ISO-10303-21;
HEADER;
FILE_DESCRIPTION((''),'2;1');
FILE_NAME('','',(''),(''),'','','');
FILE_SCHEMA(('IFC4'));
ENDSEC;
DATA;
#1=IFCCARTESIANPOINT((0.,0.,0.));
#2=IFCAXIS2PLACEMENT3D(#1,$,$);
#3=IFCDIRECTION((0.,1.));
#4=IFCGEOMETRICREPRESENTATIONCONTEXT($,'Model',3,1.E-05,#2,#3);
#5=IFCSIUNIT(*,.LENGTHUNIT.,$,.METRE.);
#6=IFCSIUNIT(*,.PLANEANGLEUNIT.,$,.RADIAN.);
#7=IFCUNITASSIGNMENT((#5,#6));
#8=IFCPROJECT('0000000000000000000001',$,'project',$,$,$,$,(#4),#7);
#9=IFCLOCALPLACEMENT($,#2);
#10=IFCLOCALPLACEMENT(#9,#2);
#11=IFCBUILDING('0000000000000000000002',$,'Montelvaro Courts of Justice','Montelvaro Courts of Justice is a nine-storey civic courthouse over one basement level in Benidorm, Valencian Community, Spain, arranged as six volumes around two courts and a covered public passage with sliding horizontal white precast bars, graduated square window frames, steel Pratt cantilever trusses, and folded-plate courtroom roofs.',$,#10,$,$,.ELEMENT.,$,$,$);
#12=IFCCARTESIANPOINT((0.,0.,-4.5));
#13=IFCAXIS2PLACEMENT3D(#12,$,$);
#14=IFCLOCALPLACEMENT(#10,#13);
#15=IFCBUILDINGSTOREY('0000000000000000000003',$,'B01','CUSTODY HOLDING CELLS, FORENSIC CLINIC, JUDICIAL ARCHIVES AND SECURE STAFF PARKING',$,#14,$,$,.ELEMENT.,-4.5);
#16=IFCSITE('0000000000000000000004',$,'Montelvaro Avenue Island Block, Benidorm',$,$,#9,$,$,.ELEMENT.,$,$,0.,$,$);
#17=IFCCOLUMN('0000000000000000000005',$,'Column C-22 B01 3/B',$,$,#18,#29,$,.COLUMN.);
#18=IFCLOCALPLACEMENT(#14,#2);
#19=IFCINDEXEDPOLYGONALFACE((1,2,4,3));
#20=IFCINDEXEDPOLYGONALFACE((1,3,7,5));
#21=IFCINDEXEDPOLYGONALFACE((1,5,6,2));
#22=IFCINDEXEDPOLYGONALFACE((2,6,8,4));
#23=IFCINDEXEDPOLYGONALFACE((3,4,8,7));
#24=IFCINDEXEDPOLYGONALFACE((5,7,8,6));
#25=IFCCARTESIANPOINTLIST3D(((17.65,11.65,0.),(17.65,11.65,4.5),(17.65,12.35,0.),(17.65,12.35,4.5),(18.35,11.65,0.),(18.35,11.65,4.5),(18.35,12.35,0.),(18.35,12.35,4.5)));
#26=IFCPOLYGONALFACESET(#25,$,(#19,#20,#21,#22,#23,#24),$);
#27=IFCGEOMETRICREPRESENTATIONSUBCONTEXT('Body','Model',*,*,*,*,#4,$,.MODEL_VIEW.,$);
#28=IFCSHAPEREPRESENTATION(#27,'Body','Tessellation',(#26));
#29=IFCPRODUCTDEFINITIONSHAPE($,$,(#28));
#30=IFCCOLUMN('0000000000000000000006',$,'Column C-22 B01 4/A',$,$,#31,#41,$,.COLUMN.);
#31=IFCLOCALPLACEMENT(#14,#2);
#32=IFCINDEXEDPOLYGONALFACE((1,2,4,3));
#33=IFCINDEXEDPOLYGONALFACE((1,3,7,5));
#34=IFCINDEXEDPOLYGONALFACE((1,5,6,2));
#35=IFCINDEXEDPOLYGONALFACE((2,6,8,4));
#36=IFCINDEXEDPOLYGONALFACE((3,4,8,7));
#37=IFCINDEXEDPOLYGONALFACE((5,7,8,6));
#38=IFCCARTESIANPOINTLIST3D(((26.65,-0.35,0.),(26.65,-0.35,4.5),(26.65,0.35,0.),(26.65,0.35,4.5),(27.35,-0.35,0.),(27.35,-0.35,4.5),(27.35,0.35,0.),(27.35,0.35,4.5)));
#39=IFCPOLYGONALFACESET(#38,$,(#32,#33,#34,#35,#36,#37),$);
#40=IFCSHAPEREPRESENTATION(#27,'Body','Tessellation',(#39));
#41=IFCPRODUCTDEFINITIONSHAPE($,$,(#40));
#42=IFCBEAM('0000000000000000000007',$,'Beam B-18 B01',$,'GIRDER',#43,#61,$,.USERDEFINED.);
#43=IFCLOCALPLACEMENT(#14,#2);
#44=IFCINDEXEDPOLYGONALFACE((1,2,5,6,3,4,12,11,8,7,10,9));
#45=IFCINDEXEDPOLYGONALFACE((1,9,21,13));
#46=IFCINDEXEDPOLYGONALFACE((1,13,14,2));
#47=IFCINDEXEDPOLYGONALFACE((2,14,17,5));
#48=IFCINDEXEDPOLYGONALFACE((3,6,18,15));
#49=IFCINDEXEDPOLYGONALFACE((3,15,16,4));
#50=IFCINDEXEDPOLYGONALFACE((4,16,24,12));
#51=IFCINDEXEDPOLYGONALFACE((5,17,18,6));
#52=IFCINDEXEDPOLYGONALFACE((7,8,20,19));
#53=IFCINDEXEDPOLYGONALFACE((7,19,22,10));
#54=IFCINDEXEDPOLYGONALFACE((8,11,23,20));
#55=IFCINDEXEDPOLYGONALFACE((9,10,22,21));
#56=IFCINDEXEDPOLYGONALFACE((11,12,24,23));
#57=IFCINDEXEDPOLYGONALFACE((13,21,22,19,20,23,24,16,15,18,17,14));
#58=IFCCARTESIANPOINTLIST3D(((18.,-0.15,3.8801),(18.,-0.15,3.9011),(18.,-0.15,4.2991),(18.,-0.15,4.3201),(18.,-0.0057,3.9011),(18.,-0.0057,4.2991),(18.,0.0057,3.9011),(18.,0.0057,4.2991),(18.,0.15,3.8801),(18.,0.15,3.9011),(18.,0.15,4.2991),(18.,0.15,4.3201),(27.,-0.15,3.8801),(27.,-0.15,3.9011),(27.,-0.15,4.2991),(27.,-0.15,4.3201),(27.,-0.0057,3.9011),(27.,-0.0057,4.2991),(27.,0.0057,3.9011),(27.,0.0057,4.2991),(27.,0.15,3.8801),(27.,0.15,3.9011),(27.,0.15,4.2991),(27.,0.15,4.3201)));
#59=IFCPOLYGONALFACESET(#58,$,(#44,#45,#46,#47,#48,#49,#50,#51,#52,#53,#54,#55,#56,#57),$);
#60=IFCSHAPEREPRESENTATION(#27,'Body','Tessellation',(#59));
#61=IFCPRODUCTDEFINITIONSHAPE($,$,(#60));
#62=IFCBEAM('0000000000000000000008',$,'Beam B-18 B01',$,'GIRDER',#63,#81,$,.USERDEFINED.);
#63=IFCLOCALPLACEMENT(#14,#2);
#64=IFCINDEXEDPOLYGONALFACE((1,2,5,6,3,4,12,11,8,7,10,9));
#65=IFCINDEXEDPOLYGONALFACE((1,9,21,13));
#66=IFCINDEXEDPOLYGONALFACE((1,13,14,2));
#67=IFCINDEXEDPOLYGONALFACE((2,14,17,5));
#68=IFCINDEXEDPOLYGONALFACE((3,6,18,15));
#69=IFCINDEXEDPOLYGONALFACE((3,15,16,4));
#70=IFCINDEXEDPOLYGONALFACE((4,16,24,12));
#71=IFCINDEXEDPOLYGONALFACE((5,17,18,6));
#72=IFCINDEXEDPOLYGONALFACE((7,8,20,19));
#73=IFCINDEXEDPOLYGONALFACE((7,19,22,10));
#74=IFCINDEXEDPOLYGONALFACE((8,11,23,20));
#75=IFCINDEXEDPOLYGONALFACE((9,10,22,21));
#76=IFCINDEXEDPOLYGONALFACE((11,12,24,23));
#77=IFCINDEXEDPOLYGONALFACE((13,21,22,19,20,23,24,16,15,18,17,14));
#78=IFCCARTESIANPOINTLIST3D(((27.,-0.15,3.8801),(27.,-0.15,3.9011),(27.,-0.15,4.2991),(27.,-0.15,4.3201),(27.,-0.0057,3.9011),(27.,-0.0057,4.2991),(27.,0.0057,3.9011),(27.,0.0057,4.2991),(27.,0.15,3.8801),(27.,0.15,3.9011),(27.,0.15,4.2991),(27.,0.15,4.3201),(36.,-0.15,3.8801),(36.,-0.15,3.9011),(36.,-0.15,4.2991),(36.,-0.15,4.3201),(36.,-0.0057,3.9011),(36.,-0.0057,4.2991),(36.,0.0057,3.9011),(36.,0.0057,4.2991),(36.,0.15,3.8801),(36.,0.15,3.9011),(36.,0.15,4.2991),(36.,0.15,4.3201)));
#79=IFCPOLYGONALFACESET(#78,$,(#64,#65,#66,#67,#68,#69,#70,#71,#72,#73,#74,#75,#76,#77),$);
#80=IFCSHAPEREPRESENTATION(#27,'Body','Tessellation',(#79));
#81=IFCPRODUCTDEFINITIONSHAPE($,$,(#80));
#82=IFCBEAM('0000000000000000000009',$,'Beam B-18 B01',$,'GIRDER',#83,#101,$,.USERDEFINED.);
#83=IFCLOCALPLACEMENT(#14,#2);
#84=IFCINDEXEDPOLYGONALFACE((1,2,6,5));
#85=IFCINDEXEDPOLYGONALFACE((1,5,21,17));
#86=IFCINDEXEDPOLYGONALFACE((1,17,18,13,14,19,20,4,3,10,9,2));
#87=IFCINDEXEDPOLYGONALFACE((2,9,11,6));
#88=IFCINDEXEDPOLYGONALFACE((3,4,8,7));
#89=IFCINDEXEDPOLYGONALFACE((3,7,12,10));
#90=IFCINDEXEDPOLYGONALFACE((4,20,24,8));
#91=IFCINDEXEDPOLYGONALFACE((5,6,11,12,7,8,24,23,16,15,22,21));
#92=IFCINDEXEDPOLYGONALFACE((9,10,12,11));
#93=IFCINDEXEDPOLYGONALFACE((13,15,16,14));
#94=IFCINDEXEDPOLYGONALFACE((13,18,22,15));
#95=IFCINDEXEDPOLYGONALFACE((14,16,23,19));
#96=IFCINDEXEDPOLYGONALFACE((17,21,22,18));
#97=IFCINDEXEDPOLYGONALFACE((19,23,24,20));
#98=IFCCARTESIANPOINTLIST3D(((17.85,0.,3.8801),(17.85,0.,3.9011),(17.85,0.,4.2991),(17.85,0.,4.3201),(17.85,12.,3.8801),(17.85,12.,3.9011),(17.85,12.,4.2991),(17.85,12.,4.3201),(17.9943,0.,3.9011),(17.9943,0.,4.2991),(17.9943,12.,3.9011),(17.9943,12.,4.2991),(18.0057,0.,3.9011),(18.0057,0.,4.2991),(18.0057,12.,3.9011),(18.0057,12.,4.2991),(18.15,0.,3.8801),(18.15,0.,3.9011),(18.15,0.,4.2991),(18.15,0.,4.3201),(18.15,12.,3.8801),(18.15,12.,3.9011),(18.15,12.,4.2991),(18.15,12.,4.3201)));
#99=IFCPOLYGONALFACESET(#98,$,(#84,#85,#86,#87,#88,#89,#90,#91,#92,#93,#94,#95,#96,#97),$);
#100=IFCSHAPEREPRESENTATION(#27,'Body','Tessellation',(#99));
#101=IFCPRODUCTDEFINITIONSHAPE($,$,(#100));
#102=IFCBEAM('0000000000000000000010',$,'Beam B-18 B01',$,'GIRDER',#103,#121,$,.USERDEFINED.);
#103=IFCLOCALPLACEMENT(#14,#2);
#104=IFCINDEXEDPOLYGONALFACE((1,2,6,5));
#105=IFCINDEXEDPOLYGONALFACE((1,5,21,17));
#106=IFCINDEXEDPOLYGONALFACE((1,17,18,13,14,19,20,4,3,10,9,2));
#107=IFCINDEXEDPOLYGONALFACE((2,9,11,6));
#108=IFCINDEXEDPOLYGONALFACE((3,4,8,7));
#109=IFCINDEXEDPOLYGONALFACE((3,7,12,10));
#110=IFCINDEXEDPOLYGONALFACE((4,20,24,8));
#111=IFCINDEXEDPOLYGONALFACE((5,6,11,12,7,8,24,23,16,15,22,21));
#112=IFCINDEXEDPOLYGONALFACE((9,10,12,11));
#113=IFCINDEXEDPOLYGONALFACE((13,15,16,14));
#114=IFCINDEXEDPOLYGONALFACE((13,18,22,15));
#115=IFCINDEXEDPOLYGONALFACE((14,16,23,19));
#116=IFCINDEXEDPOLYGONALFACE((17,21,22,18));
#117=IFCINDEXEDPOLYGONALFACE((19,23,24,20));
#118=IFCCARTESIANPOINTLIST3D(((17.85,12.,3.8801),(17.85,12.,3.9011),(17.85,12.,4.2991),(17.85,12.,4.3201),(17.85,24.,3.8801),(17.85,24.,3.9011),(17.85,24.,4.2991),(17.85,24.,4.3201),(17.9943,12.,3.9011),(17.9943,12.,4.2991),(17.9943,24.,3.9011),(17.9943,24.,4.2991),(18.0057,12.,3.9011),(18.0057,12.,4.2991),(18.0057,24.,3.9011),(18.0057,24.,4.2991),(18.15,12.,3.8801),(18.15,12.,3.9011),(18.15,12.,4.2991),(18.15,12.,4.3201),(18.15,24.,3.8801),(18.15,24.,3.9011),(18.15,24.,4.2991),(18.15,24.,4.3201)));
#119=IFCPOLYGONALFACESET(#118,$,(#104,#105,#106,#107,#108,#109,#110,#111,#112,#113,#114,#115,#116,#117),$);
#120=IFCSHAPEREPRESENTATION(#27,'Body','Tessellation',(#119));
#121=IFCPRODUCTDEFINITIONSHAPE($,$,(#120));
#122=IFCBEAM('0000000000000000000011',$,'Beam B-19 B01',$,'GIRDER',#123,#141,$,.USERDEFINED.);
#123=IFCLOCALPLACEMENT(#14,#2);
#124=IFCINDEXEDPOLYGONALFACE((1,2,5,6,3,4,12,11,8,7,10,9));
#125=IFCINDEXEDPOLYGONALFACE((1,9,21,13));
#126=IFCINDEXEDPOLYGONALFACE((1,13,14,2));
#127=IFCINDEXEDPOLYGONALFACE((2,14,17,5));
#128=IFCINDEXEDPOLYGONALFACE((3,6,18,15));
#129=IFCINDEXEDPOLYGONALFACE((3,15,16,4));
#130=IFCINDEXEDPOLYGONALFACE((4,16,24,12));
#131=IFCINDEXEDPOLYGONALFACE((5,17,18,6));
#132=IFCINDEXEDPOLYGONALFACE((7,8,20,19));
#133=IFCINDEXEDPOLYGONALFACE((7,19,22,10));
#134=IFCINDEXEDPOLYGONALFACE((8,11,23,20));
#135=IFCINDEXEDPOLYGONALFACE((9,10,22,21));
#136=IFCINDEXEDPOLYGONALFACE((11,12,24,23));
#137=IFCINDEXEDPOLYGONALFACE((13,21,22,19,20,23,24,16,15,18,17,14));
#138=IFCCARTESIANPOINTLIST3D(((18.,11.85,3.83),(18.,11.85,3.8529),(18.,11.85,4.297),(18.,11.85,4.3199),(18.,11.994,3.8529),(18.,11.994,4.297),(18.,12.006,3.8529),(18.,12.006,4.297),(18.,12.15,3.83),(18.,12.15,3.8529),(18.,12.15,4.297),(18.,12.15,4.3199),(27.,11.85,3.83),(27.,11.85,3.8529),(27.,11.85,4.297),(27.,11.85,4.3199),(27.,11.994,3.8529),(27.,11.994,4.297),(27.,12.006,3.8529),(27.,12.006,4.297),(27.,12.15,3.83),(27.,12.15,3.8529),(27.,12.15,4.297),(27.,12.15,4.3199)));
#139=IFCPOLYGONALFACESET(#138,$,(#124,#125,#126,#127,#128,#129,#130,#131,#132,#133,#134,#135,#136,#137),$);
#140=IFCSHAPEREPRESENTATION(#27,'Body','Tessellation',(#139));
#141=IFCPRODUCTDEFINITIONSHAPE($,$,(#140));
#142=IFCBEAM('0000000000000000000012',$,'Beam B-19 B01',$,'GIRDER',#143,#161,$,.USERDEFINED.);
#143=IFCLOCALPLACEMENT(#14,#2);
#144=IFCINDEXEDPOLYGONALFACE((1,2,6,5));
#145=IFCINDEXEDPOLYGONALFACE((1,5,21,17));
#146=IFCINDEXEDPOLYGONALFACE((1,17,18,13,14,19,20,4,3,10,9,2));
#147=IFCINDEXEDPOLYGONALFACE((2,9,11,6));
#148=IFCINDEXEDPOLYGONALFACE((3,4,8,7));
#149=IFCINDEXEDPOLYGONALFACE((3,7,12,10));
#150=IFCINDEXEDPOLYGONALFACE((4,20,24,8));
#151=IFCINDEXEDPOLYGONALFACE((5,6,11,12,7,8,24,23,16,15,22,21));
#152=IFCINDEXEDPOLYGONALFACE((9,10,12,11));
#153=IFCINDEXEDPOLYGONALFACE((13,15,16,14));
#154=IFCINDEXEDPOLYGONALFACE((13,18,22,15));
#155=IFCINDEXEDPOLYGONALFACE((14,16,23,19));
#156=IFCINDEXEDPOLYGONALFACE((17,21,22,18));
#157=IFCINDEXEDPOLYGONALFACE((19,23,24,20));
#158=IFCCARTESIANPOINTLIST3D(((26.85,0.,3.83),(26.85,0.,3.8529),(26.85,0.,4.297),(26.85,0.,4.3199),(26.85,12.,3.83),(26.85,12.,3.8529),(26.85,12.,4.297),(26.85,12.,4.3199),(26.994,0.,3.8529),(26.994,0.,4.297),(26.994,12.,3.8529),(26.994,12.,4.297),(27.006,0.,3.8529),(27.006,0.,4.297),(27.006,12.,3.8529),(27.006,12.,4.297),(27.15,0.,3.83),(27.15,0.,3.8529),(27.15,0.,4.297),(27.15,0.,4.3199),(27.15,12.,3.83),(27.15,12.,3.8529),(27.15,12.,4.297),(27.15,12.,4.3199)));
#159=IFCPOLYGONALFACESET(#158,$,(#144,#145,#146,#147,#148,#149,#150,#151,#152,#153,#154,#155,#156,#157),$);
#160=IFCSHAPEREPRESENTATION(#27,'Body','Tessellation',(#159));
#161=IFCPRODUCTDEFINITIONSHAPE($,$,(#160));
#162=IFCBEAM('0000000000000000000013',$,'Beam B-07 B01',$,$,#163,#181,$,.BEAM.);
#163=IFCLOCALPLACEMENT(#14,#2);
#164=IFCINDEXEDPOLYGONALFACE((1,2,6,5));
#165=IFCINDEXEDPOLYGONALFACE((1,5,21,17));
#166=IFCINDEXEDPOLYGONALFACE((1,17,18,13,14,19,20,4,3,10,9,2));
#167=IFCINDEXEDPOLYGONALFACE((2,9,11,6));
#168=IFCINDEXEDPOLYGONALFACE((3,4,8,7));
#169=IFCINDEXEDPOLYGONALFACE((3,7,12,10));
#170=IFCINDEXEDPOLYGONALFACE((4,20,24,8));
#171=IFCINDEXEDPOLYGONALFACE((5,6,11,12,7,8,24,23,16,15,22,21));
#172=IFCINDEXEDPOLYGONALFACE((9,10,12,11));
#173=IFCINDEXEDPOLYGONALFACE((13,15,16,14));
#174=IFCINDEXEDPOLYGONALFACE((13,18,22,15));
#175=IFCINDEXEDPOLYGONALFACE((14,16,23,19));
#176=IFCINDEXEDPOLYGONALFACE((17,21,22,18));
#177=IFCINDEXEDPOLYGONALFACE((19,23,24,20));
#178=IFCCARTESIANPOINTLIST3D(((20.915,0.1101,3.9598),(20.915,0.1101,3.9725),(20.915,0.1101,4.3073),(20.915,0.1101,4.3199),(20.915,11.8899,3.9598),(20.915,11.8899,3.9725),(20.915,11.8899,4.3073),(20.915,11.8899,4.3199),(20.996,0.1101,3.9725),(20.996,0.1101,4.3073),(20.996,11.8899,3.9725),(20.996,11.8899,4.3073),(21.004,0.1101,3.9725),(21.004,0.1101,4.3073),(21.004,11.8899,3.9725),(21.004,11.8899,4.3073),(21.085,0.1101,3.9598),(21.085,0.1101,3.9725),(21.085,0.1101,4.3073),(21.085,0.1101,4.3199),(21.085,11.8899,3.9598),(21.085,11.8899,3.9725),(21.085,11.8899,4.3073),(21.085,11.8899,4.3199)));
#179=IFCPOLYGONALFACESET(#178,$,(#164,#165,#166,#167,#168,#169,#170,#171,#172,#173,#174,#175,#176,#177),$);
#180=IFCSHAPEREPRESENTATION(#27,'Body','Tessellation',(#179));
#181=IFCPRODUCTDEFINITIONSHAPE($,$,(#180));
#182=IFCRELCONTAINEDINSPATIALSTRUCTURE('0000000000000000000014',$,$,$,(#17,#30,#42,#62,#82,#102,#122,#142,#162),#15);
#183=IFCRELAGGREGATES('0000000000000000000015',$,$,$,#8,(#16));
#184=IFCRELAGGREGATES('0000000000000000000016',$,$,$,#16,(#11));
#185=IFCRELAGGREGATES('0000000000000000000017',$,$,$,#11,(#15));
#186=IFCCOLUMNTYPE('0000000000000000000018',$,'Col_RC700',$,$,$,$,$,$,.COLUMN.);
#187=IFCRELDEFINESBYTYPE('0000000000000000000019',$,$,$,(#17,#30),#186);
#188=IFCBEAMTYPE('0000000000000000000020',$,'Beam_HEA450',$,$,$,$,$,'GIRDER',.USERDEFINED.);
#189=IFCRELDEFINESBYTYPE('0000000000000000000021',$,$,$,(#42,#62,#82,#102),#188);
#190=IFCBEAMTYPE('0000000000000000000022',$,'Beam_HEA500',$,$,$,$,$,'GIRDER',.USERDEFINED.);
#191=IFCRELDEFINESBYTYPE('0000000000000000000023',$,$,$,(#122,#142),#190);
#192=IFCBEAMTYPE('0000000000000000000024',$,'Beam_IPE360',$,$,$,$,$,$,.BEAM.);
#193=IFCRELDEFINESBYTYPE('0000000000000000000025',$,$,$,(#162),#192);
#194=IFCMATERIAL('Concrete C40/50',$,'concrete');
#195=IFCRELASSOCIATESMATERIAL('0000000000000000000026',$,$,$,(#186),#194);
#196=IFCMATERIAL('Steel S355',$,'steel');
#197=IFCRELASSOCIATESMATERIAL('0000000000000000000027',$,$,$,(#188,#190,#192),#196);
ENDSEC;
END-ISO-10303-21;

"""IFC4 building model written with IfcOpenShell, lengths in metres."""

from ifc_helpers import new_model, si_unit, direction, frame, origin, origin_2d, place, context, subcontext, project, spatial, rectangle, i_section, extrude, material, material_profile, profile_set, type_object, element, save


model = new_model("IFC4")

# Units and contexts
model_context = context("Model", 3, precision=1e-05, world=origin(), true_north=direction((0.0, 1.0)))
body_context = subcontext(model_context, "Body", "Model", "MODEL_VIEW")
ifc_project = project(units=[si_unit("LENGTHUNIT", "METRE"), si_unit("PLANEANGLEUNIT", "RADIAN")], contexts=[model_context])

# Site, building, storey
site_placement = place(None, origin())
site = spatial("IfcSite", under=ifc_project, at=site_placement, Name="Montelvaro Avenue Island Block, Benidorm", CompositionType="ELEMENT", RefElevation=0.0)
building_placement = place(site_placement, origin())
building = spatial("IfcBuilding", under=site, at=building_placement, Name="Montelvaro Courts of Justice", Description="Montelvaro Courts of Justice is a nine-storey civic courthouse over one basement level in Benidorm, Valencian Community, Spain, arranged as six volumes around two courts and a covered public passage with sliding horizontal white precast bars, graduated square window frames, steel Pratt cantilever trusses, and folded-plate courtroom roofs.", CompositionType="ELEMENT")
storey_placement = place(building_placement, frame((0.0, 0.0, -4.5)))
storey = spatial("IfcBuildingStorey", under=building, at=storey_placement, Name="B01", Description="CUSTODY HOLDING CELLS, FORENSIC CLINIC, JUDICIAL ARCHIVES AND SECURE STAFF PARKING", CompositionType="ELEMENT", Elevation=-4.5)

# Columns
ifc_material_1 = material(Name="Concrete C40/50", Category="concrete")
ifc_material_profile_1 = material_profile(ifc_material_1, rectangle(XDim=0.7, YDim=0.7, at=origin_2d()), Name="RC 700x700")
ifc_profile_set_1 = profile_set([ifc_material_profile_1], Name="Concrete C40/50")
column_type = type_object("IfcColumnType", Name="Col_RC700", PredefinedType="COLUMN", material=ifc_profile_set_1)
for number, where, z_axis, x_axis, name in (
    (1, (18.0, 12.0, 0.0), (0.0, 0.0, 1.0), (1.0, 0.0, 0.0), "Column C-22 B01 3/B"),
    (2, (27.0, 0.0, 0.0), (0.0, 0.0, 1.0), (1.0, 0.0, 0.0), "Column C-22 B01 4/A"),
):
    element("IfcColumn", number, at=place(storey_placement, frame(where, z_axis=z_axis, x_axis=x_axis)), inside=storey, type_object=column_type, Name=name, PredefinedType="COLUMN", context=body_context, shape_type="SweptSolid", body=[
        extrude(rectangle(XDim=0.7, YDim=0.7, at=origin_2d()), origin(), (0.0, 0.0, 1.0), 4.5),
    ])

# Beams
ifc_material_2 = material(Name="Steel S355", Category="steel")
ifc_material_profile_2 = material_profile(ifc_material_2, i_section(OverallWidth=0.3, OverallDepth=0.4399, WebThickness=0.0115, FlangeThickness=0.021, at=origin_2d()), Name="HEA 450")
ifc_profile_set_2 = profile_set([ifc_material_profile_2], Name="Steel S355")
beam_type_1 = type_object("IfcBeamType", Name="Beam_HEA450", ElementType="GIRDER", PredefinedType="USERDEFINED", material=ifc_profile_set_2)
for number, where, z_axis, x_axis, name in (
    (3, (18.0, 0.0, 4.1001), (1.0, 0.0, 0.0), (0.0, 1.0, 0.0), "Beam B-18 B01"),
    (4, (27.0, 0.0, 4.1001), (1.0, 0.0, 0.0), (0.0, 1.0, 0.0), "Beam B-18 B01"),
):
    element("IfcBeam", number, at=place(storey_placement, frame(where, z_axis=z_axis, x_axis=x_axis)), inside=storey, type_object=beam_type_1, Name=name, ObjectType="GIRDER", PredefinedType="USERDEFINED", context=body_context, shape_type="SweptSolid", body=[
        extrude(i_section(OverallWidth=0.3, OverallDepth=0.4399, WebThickness=0.0115, FlangeThickness=0.021, at=origin_2d()), origin(), (0.0, 0.0, 1.0), 9.0),
    ])
for number, where, z_axis, x_axis, name in (
    (5, (18.0, 0.0, 4.1001), (0.0, 1.0, 0.0), (-1.0, 0.0, 0.0), "Beam B-18 B01"),
    (6, (18.0, 12.0, 4.1001), (0.0, 1.0, 0.0), (-1.0, 0.0, 0.0), "Beam B-18 B01"),
):
    element("IfcBeam", number, at=place(storey_placement, frame(where, z_axis=z_axis, x_axis=x_axis)), inside=storey, type_object=beam_type_1, Name=name, ObjectType="GIRDER", PredefinedType="USERDEFINED", context=body_context, shape_type="SweptSolid", body=[
        extrude(i_section(OverallWidth=0.3, OverallDepth=0.4399, WebThickness=0.0115, FlangeThickness=0.021, at=origin_2d()), origin(), (0.0, 0.0, 1.0), 12.0),
    ])
ifc_material_profile_3 = material_profile(ifc_material_2, i_section(OverallWidth=0.3, OverallDepth=0.49, WebThickness=0.012, FlangeThickness=0.0229, at=origin_2d()), Name="HEA 500")
ifc_profile_set_3 = profile_set([ifc_material_profile_3], Name="Steel S355")
beam_type_2 = type_object("IfcBeamType", Name="Beam_HEA500", ElementType="GIRDER", PredefinedType="USERDEFINED", material=ifc_profile_set_3)
beam_1_placement = place(storey_placement, frame((18.0, 12.0, 4.075), z_axis=(1.0, 0.0, 0.0), x_axis=(0.0, 1.0, 0.0)))
element("IfcBeam", 7, at=beam_1_placement, inside=storey, type_object=beam_type_2, Name="Beam B-19 B01", ObjectType="GIRDER", PredefinedType="USERDEFINED", context=body_context, shape_type="SweptSolid", body=[
    extrude(i_section(OverallWidth=0.3, OverallDepth=0.49, WebThickness=0.012, FlangeThickness=0.0229, at=origin_2d()), origin(), (0.0, 0.0, 1.0), 9.0),
])
beam_2_placement = place(storey_placement, frame((27.0, 0.0, 4.075), z_axis=(0.0, 1.0, 0.0), x_axis=(-1.0, 0.0, 0.0)))
element("IfcBeam", 8, at=beam_2_placement, inside=storey, type_object=beam_type_2, Name="Beam B-19 B01", ObjectType="GIRDER", PredefinedType="USERDEFINED", context=body_context, shape_type="SweptSolid", body=[
    extrude(i_section(OverallWidth=0.3, OverallDepth=0.49, WebThickness=0.012, FlangeThickness=0.0229, at=origin_2d()), origin(), (0.0, 0.0, 1.0), 12.0),
])
ifc_material_profile_4 = material_profile(ifc_material_2, i_section(OverallWidth=0.1699, OverallDepth=0.3601, WebThickness=0.0081, FlangeThickness=0.0127, at=origin_2d()), Name="IPE 360")
ifc_profile_set_4 = profile_set([ifc_material_profile_4], Name="Steel S355")
beam_type_3 = type_object("IfcBeamType", Name="Beam_IPE360", PredefinedType="BEAM", material=ifc_profile_set_4)
beam_3_placement = place(storey_placement, frame((21.0, 0.1101, 4.1399), z_axis=(0.0, 1.0, 0.0), x_axis=(-1.0, 0.0, 0.0)))
element("IfcBeam", 9, at=beam_3_placement, inside=storey, type_object=beam_type_3, Name="Beam B-07 B01", PredefinedType="BEAM", context=body_context, shape_type="SweptSolid", body=[
    extrude(i_section(OverallWidth=0.1699, OverallDepth=0.3601, WebThickness=0.0081, FlangeThickness=0.0127, at=origin_2d()), origin(), (0.0, 0.0, 1.0), 11.7798),
])

save(model, "model.ifc")
